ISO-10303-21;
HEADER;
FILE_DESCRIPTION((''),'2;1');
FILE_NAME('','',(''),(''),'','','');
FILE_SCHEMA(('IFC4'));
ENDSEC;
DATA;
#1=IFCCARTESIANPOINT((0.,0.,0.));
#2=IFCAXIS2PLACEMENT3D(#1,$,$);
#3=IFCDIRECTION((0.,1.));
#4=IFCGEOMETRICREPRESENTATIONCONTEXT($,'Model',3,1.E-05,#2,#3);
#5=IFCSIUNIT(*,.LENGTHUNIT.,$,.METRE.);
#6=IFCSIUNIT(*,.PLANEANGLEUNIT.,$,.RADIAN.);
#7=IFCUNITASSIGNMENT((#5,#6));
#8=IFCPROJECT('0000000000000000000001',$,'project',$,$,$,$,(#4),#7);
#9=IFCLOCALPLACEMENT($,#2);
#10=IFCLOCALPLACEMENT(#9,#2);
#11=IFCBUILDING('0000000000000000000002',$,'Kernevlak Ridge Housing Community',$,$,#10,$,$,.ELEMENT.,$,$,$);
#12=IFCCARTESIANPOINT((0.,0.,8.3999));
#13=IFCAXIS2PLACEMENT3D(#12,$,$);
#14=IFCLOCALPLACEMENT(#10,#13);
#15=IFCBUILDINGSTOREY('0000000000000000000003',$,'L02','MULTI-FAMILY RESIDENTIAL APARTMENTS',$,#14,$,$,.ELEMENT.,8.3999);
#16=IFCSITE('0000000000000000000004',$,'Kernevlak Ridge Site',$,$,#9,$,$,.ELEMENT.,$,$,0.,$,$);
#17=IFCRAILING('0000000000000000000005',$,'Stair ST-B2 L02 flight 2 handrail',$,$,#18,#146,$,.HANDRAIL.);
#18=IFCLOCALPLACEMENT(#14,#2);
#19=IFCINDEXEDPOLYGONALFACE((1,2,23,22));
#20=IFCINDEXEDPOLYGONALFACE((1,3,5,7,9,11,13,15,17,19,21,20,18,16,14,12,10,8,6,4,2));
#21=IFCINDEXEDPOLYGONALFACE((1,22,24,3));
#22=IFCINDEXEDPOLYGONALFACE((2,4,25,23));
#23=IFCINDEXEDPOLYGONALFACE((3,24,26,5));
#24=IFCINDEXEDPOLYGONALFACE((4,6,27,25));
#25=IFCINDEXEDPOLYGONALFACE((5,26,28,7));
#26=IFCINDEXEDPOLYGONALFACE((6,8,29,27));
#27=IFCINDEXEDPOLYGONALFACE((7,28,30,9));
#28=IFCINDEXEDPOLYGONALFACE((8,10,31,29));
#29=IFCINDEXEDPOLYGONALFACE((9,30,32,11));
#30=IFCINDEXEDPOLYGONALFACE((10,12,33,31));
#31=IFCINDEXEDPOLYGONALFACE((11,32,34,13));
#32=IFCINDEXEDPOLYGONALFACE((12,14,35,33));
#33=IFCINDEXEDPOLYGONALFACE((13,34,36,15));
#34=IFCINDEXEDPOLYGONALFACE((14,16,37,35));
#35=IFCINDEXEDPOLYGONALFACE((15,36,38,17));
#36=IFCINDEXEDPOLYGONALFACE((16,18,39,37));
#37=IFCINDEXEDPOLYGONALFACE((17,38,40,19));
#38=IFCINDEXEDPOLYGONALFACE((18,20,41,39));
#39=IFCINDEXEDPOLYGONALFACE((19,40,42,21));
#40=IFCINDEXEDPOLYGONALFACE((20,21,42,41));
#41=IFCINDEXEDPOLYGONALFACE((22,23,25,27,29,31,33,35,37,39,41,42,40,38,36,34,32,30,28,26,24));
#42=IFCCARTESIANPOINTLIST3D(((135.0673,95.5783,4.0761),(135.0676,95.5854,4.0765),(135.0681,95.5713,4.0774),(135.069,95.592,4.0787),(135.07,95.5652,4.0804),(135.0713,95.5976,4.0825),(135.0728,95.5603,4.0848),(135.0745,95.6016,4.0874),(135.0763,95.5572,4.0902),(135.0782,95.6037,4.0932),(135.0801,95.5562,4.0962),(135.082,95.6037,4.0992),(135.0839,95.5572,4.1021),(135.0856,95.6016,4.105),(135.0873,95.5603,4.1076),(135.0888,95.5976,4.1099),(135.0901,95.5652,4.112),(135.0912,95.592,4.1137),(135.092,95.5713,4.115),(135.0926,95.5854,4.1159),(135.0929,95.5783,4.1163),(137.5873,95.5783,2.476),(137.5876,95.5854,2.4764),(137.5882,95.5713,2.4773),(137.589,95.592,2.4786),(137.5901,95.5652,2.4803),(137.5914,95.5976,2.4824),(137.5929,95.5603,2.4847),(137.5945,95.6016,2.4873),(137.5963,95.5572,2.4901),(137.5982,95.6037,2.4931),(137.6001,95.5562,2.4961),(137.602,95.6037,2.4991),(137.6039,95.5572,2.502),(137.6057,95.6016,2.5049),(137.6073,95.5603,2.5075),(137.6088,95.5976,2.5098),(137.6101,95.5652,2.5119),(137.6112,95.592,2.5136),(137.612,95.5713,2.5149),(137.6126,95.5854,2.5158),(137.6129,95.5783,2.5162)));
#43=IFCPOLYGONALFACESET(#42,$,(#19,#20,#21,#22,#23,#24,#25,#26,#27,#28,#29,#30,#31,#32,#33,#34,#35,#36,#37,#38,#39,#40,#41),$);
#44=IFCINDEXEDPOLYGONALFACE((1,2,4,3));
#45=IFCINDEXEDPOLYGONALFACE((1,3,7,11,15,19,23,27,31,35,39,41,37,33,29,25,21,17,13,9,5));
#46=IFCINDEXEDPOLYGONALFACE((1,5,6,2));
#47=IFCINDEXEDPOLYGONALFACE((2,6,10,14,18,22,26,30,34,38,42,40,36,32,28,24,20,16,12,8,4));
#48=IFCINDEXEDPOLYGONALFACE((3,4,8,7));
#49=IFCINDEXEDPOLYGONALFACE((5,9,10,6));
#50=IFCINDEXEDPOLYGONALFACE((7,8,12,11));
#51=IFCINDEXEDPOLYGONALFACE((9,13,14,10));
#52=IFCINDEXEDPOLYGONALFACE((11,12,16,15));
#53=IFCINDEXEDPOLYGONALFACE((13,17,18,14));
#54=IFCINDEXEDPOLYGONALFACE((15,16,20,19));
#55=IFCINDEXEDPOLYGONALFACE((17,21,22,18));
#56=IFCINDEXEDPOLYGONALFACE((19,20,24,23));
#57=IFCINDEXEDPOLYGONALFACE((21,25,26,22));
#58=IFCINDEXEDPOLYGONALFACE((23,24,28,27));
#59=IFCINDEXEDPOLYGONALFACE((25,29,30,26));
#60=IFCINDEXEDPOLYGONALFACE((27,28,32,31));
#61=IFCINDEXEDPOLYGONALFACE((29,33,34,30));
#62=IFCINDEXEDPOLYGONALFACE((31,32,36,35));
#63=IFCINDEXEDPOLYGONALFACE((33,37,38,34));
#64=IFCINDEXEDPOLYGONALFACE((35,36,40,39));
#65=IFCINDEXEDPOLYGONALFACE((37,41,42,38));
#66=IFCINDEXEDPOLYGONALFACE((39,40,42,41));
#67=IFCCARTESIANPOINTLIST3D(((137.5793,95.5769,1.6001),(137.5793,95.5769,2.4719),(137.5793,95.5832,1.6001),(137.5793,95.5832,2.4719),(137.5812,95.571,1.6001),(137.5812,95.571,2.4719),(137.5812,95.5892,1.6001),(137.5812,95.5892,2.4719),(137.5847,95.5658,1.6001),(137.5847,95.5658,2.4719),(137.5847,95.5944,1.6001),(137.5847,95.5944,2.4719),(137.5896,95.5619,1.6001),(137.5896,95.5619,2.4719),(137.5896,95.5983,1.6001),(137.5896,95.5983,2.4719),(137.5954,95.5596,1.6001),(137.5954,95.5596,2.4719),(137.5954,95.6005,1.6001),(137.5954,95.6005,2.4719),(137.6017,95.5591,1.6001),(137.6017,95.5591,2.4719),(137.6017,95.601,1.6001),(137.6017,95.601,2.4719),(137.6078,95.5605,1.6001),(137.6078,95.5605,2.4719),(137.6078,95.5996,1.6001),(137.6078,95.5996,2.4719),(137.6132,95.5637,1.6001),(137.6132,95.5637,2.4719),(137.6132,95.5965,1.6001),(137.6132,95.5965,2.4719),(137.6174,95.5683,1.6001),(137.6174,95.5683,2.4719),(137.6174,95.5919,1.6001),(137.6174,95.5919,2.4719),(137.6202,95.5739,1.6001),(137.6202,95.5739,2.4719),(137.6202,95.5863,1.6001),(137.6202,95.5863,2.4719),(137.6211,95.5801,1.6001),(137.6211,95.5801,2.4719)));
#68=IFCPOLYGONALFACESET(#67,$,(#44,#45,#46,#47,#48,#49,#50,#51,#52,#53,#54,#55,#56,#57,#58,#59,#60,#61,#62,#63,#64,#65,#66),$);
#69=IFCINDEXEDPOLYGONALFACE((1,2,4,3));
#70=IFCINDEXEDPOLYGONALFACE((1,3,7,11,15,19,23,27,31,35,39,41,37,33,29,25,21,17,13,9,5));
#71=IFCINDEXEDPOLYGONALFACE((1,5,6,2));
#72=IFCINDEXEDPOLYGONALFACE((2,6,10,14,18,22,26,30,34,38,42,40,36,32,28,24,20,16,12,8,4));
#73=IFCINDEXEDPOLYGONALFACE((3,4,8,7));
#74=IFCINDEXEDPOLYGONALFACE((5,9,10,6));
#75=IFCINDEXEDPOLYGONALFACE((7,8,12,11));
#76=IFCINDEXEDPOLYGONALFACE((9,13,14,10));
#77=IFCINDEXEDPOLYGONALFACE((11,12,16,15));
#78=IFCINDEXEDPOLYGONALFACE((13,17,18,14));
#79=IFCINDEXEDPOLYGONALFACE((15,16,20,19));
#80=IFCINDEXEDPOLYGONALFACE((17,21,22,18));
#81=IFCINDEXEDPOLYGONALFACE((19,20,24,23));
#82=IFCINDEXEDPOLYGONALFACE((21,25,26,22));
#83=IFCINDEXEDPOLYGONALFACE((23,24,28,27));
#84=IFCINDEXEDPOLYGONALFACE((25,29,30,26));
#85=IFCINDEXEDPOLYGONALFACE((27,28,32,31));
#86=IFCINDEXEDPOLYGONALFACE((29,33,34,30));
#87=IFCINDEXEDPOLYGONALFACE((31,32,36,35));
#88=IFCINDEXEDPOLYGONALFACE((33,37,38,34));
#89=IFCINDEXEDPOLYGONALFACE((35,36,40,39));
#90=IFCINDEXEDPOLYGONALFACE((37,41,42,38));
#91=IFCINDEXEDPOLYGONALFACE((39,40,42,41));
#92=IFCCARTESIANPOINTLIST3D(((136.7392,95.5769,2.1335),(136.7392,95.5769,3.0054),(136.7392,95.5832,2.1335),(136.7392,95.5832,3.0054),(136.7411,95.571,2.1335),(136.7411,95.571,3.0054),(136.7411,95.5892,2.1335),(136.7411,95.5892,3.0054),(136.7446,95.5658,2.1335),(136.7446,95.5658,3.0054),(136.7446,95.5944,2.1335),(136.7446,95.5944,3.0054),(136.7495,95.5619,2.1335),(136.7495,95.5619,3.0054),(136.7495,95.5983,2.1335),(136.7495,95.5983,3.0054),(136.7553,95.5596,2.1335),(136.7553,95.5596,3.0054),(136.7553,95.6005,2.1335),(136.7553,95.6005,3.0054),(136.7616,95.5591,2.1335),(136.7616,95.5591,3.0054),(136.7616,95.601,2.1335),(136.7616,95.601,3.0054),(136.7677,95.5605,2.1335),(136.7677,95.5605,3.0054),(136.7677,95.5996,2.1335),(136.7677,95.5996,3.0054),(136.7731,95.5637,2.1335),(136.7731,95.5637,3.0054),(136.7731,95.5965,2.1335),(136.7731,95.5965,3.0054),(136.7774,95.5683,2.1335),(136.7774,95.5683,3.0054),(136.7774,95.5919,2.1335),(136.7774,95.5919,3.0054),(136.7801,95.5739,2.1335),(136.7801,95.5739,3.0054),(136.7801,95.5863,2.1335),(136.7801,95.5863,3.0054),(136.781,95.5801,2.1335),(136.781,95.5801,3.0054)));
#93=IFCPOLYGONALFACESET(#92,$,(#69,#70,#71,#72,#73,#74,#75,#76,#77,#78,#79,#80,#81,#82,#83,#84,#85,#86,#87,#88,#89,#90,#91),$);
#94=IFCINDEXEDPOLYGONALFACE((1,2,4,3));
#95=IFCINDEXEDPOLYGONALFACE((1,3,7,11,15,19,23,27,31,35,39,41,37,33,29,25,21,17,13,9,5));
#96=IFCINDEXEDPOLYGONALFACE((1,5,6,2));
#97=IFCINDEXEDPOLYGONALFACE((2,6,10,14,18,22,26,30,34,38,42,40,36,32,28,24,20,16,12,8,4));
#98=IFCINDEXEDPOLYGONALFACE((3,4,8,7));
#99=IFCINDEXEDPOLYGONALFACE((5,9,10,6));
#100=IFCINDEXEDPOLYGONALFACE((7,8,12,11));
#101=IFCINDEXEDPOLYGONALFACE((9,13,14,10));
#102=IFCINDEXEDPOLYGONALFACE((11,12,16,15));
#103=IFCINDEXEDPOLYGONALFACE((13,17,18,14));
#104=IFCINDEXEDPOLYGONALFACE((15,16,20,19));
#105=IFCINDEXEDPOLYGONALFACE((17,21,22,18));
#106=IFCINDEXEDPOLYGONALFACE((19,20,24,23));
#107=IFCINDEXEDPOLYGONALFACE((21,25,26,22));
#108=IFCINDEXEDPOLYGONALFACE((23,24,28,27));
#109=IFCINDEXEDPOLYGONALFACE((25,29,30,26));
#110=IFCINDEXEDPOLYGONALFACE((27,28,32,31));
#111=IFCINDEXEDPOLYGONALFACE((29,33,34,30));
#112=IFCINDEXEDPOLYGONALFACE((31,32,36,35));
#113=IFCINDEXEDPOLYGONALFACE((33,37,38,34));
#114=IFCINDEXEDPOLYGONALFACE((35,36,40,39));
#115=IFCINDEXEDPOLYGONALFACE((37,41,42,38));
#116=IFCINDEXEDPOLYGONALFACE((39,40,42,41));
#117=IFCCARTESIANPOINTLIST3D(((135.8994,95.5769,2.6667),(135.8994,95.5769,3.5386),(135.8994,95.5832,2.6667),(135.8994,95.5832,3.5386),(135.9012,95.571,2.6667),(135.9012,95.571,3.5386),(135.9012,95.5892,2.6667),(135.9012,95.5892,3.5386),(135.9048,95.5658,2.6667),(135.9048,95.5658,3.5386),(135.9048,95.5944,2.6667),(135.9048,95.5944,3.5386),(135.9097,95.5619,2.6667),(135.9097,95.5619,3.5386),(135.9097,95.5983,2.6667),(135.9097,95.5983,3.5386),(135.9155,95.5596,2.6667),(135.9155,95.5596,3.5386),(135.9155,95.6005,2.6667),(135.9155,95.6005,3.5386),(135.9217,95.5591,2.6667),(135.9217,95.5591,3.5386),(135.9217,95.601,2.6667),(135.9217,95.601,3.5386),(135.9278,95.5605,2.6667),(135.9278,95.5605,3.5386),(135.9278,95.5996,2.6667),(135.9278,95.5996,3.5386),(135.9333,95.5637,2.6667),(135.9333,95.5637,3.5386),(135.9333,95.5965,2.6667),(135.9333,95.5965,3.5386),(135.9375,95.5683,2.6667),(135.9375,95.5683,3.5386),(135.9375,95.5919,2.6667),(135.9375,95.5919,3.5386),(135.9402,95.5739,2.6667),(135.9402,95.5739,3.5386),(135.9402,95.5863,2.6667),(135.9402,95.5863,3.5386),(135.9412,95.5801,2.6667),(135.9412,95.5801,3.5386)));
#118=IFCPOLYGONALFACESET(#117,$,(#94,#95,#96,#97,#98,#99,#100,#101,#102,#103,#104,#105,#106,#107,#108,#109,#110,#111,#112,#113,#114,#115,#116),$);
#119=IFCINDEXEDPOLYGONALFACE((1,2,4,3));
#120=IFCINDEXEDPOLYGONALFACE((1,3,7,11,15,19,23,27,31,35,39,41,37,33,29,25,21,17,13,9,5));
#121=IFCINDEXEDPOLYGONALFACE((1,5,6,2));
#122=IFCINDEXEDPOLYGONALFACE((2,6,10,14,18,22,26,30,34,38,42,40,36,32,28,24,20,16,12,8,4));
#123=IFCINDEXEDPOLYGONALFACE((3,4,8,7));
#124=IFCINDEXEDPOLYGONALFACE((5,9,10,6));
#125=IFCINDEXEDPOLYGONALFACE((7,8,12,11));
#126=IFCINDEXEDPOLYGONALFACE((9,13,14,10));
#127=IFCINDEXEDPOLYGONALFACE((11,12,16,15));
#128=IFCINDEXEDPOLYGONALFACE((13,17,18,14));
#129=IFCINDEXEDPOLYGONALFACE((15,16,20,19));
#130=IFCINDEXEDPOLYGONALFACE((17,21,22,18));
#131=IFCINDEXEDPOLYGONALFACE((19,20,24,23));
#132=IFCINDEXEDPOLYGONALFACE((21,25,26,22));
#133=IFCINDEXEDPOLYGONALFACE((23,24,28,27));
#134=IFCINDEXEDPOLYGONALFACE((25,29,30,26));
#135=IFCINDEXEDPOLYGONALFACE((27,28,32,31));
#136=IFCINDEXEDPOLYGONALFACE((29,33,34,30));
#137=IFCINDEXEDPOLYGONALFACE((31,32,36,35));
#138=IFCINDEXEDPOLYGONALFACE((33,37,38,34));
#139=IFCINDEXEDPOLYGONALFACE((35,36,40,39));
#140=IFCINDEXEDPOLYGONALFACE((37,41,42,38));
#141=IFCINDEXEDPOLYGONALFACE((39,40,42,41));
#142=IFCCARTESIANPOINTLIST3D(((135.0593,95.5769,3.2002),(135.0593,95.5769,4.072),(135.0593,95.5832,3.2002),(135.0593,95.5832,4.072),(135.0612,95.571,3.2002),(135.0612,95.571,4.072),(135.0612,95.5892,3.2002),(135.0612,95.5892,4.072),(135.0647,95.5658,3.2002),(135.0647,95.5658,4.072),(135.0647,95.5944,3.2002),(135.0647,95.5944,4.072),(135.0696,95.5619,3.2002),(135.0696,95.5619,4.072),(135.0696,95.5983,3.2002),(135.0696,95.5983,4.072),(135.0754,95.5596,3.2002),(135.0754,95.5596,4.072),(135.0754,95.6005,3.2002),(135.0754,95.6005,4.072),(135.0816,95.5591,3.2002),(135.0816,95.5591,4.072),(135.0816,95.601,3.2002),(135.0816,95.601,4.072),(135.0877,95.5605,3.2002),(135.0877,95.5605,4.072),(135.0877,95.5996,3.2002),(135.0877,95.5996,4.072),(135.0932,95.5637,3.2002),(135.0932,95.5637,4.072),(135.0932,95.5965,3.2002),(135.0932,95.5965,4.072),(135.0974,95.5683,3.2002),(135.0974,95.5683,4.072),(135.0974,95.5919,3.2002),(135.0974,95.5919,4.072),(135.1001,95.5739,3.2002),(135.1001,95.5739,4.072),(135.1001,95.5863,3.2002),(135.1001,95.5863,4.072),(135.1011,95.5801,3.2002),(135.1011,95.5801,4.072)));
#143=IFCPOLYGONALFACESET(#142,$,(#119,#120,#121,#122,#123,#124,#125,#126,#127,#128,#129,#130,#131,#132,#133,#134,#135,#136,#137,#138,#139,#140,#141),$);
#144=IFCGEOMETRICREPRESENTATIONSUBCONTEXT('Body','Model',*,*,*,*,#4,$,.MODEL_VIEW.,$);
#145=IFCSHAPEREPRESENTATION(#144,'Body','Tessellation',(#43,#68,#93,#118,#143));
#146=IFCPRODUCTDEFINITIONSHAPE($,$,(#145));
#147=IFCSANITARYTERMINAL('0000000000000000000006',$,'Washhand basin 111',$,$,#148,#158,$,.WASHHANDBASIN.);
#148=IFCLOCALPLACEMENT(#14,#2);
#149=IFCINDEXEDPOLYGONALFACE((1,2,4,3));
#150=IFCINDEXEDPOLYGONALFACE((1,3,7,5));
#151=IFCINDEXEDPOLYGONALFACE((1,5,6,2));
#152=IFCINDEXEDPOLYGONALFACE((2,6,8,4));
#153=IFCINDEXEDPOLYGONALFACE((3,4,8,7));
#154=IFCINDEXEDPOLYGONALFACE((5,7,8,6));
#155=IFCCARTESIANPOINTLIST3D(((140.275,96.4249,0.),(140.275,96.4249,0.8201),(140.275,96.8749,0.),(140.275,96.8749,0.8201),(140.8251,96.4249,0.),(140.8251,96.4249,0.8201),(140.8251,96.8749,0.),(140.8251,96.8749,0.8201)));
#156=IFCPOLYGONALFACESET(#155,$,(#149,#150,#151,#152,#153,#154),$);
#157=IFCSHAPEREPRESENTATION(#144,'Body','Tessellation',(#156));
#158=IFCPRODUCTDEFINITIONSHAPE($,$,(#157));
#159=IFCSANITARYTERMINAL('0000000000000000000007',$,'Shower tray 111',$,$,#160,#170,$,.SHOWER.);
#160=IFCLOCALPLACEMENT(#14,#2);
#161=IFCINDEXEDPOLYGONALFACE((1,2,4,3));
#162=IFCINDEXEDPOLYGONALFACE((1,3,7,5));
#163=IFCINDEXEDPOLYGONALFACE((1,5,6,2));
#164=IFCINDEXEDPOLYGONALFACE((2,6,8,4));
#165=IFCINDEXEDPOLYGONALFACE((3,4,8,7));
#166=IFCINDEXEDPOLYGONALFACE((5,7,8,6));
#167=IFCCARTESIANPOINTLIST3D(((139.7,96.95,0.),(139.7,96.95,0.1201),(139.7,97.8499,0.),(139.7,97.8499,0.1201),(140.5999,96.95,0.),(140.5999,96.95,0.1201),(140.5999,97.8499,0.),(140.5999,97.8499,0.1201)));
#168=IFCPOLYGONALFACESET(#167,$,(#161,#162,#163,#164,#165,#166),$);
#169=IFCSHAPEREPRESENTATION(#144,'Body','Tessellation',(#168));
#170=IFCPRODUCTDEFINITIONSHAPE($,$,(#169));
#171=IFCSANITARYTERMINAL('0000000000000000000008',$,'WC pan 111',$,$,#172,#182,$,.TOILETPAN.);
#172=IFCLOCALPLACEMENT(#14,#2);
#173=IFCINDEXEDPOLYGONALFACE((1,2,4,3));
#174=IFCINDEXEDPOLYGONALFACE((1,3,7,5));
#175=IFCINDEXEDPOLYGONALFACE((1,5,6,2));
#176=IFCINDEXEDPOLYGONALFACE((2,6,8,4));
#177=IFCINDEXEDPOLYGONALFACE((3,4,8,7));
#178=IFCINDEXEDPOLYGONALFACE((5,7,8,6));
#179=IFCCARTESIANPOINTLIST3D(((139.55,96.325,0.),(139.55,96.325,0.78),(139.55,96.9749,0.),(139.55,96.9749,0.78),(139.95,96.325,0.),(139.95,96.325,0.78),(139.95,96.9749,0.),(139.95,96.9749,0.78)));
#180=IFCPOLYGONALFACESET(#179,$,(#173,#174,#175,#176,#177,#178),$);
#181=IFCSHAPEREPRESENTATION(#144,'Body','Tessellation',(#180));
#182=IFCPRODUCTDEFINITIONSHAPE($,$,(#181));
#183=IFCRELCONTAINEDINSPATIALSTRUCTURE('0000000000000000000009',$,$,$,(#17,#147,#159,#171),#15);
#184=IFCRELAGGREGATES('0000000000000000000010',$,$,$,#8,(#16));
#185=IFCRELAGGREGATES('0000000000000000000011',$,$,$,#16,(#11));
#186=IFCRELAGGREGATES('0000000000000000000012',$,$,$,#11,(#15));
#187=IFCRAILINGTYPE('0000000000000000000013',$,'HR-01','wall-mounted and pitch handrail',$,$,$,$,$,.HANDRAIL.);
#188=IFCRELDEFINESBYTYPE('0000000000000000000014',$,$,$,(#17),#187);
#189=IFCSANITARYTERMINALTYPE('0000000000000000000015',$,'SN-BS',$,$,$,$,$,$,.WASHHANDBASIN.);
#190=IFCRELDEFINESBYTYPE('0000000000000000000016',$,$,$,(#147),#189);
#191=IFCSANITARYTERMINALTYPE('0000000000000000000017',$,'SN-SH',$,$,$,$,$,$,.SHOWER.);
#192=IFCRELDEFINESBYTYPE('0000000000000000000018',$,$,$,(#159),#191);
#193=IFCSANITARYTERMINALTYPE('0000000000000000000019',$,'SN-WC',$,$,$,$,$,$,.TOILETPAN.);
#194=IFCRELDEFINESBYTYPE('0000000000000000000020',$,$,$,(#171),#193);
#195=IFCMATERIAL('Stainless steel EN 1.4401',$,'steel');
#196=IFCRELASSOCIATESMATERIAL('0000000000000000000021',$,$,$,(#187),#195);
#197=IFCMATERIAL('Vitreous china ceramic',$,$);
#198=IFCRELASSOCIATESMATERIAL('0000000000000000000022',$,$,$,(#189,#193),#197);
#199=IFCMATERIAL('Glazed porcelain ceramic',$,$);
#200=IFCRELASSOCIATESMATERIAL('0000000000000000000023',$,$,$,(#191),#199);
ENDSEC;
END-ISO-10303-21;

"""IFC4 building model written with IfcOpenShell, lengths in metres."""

from ifc_helpers import new_model, si_unit, direction, frame, origin, origin_2d, place, context, subcontext, project, spatial, rectangle, circle, extrude, material, type_object, element, save


model = new_model("IFC4")

# Units and contexts
model_context = context("Model", 3, precision=1e-05, world=origin(), true_north=direction((0.0, 1.0)))
body_context = subcontext(model_context, "Body", "Model", "MODEL_VIEW")
ifc_project = project(units=[si_unit("LENGTHUNIT", "METRE"), si_unit("PLANEANGLEUNIT", "RADIAN")], contexts=[model_context])

# Site, building, storey
site_placement = place(None, origin())
site = spatial("IfcSite", under=ifc_project, at=site_placement, Name="Kernevlak Ridge Site", CompositionType="ELEMENT", RefElevation=0.0)
building_placement = place(site_placement, origin())
building = spatial("IfcBuilding", under=site, at=building_placement, Name="Kernevlak Ridge Housing Community", CompositionType="ELEMENT")
storey_placement = place(building_placement, frame((0.0, 0.0, 8.3999)))
storey = spatial("IfcBuildingStorey", under=building, at=storey_placement, Name="L02", Description="MULTI-FAMILY RESIDENTIAL APARTMENTS", CompositionType="ELEMENT", Elevation=8.3999)

# Railing
ifc_material_1 = material(Name="Stainless steel EN 1.4401", Category="steel")
railing_type_1 = type_object("IfcRailingType", Name="HR-01", Description="wall-mounted and pitch handrail", PredefinedType="HANDRAIL", material=ifc_material_1)
railing_1_placement = place(storey_placement, frame((137.6001, 95.5801, 1.6001)))
element("IfcRailing", 1, at=railing_1_placement, inside=storey, type_object=railing_type_1, Name="Stair ST-B2 L02 flight 2 handrail", PredefinedType="HANDRAIL", context=body_context, shape_type="SweptSolid", body=[
    extrude(circle(Radius=0.0239, at=origin_2d()), frame((0.0, 0.0, 0.896), z_axis=(-0.8442, 0.0, 0.536028), x_axis=(0.0, -1.0, 0.0)), (0.0, 0.0, 1.0), 2.9851),
    extrude(circle(Radius=0.021, at=origin_2d()), origin(), (0.0, 0.0, 1.0), 0.8718),
    extrude(circle(Radius=0.021, at=origin_2d()), frame((-0.8401, 0.0, 0.5334)), (0.0, 0.0, 1.0), 0.8718),
    extrude(circle(Radius=0.021, at=origin_2d()), frame((-1.6799, 0.0, 1.0667)), (0.0, 0.0, 1.0), 0.8718),
    extrude(circle(Radius=0.021, at=origin_2d()), frame((-2.52, 0.0, 1.6001)), (0.0, 0.0, 1.0), 0.8718),
])

# Sanitary terminals
ifc_material_2 = material(Name="Vitreous china ceramic")
sanitary_terminal_type_1 = type_object("IfcSanitaryTerminalType", Name="SN-BS", PredefinedType="WASHHANDBASIN", material=ifc_material_2)
sanitary_terminal_1_placement = place(storey_placement, frame((140.55, 96.6499, 0.0), z_axis=(0.0, 0.0, 1.0), x_axis=(1.0, 0.0, 0.0)))
element("IfcSanitaryTerminal", 2, at=sanitary_terminal_1_placement, inside=storey, type_object=sanitary_terminal_type_1, Name="Washhand basin 111", PredefinedType="WASHHANDBASIN", context=body_context, shape_type="SweptSolid", body=[
    extrude(rectangle(XDim=0.55, YDim=0.45, at=origin_2d()), origin(), (0.0, 0.0, 1.0), 0.8201),
])
ifc_material_3 = material(Name="Glazed porcelain ceramic")
sanitary_terminal_type_2 = type_object("IfcSanitaryTerminalType", Name="SN-SH", PredefinedType="SHOWER", material=ifc_material_3)
sanitary_terminal_2_placement = place(storey_placement, frame((140.1499, 97.3999, 0.0), z_axis=(0.0, 0.0, 1.0), x_axis=(1.0, 0.0, 0.0)))
element("IfcSanitaryTerminal", 3, at=sanitary_terminal_2_placement, inside=storey, type_object=sanitary_terminal_type_2, Name="Shower tray 111", PredefinedType="SHOWER", context=body_context, shape_type="SweptSolid", body=[
    extrude(rectangle(XDim=0.8999, YDim=0.8999, at=origin_2d()), origin(), (0.0, 0.0, 1.0), 0.1201),
])
sanitary_terminal_type_3 = type_object("IfcSanitaryTerminalType", Name="SN-WC", PredefinedType="TOILETPAN", material=ifc_material_2)
sanitary_terminal_3_placement = place(storey_placement, frame((139.75, 96.6499, 0.0), z_axis=(0.0, 0.0, 1.0), x_axis=(1.0, 0.0, 0.0)))
element("IfcSanitaryTerminal", 4, at=sanitary_terminal_3_placement, inside=storey, type_object=sanitary_terminal_type_3, Name="WC pan 111", PredefinedType="TOILETPAN", context=body_context, shape_type="SweptSolid", body=[
    extrude(rectangle(XDim=0.3999, YDim=0.6499, at=origin_2d()), origin(), (0.0, 0.0, 1.0), 0.78),
])

save(model, "model.ifc")
